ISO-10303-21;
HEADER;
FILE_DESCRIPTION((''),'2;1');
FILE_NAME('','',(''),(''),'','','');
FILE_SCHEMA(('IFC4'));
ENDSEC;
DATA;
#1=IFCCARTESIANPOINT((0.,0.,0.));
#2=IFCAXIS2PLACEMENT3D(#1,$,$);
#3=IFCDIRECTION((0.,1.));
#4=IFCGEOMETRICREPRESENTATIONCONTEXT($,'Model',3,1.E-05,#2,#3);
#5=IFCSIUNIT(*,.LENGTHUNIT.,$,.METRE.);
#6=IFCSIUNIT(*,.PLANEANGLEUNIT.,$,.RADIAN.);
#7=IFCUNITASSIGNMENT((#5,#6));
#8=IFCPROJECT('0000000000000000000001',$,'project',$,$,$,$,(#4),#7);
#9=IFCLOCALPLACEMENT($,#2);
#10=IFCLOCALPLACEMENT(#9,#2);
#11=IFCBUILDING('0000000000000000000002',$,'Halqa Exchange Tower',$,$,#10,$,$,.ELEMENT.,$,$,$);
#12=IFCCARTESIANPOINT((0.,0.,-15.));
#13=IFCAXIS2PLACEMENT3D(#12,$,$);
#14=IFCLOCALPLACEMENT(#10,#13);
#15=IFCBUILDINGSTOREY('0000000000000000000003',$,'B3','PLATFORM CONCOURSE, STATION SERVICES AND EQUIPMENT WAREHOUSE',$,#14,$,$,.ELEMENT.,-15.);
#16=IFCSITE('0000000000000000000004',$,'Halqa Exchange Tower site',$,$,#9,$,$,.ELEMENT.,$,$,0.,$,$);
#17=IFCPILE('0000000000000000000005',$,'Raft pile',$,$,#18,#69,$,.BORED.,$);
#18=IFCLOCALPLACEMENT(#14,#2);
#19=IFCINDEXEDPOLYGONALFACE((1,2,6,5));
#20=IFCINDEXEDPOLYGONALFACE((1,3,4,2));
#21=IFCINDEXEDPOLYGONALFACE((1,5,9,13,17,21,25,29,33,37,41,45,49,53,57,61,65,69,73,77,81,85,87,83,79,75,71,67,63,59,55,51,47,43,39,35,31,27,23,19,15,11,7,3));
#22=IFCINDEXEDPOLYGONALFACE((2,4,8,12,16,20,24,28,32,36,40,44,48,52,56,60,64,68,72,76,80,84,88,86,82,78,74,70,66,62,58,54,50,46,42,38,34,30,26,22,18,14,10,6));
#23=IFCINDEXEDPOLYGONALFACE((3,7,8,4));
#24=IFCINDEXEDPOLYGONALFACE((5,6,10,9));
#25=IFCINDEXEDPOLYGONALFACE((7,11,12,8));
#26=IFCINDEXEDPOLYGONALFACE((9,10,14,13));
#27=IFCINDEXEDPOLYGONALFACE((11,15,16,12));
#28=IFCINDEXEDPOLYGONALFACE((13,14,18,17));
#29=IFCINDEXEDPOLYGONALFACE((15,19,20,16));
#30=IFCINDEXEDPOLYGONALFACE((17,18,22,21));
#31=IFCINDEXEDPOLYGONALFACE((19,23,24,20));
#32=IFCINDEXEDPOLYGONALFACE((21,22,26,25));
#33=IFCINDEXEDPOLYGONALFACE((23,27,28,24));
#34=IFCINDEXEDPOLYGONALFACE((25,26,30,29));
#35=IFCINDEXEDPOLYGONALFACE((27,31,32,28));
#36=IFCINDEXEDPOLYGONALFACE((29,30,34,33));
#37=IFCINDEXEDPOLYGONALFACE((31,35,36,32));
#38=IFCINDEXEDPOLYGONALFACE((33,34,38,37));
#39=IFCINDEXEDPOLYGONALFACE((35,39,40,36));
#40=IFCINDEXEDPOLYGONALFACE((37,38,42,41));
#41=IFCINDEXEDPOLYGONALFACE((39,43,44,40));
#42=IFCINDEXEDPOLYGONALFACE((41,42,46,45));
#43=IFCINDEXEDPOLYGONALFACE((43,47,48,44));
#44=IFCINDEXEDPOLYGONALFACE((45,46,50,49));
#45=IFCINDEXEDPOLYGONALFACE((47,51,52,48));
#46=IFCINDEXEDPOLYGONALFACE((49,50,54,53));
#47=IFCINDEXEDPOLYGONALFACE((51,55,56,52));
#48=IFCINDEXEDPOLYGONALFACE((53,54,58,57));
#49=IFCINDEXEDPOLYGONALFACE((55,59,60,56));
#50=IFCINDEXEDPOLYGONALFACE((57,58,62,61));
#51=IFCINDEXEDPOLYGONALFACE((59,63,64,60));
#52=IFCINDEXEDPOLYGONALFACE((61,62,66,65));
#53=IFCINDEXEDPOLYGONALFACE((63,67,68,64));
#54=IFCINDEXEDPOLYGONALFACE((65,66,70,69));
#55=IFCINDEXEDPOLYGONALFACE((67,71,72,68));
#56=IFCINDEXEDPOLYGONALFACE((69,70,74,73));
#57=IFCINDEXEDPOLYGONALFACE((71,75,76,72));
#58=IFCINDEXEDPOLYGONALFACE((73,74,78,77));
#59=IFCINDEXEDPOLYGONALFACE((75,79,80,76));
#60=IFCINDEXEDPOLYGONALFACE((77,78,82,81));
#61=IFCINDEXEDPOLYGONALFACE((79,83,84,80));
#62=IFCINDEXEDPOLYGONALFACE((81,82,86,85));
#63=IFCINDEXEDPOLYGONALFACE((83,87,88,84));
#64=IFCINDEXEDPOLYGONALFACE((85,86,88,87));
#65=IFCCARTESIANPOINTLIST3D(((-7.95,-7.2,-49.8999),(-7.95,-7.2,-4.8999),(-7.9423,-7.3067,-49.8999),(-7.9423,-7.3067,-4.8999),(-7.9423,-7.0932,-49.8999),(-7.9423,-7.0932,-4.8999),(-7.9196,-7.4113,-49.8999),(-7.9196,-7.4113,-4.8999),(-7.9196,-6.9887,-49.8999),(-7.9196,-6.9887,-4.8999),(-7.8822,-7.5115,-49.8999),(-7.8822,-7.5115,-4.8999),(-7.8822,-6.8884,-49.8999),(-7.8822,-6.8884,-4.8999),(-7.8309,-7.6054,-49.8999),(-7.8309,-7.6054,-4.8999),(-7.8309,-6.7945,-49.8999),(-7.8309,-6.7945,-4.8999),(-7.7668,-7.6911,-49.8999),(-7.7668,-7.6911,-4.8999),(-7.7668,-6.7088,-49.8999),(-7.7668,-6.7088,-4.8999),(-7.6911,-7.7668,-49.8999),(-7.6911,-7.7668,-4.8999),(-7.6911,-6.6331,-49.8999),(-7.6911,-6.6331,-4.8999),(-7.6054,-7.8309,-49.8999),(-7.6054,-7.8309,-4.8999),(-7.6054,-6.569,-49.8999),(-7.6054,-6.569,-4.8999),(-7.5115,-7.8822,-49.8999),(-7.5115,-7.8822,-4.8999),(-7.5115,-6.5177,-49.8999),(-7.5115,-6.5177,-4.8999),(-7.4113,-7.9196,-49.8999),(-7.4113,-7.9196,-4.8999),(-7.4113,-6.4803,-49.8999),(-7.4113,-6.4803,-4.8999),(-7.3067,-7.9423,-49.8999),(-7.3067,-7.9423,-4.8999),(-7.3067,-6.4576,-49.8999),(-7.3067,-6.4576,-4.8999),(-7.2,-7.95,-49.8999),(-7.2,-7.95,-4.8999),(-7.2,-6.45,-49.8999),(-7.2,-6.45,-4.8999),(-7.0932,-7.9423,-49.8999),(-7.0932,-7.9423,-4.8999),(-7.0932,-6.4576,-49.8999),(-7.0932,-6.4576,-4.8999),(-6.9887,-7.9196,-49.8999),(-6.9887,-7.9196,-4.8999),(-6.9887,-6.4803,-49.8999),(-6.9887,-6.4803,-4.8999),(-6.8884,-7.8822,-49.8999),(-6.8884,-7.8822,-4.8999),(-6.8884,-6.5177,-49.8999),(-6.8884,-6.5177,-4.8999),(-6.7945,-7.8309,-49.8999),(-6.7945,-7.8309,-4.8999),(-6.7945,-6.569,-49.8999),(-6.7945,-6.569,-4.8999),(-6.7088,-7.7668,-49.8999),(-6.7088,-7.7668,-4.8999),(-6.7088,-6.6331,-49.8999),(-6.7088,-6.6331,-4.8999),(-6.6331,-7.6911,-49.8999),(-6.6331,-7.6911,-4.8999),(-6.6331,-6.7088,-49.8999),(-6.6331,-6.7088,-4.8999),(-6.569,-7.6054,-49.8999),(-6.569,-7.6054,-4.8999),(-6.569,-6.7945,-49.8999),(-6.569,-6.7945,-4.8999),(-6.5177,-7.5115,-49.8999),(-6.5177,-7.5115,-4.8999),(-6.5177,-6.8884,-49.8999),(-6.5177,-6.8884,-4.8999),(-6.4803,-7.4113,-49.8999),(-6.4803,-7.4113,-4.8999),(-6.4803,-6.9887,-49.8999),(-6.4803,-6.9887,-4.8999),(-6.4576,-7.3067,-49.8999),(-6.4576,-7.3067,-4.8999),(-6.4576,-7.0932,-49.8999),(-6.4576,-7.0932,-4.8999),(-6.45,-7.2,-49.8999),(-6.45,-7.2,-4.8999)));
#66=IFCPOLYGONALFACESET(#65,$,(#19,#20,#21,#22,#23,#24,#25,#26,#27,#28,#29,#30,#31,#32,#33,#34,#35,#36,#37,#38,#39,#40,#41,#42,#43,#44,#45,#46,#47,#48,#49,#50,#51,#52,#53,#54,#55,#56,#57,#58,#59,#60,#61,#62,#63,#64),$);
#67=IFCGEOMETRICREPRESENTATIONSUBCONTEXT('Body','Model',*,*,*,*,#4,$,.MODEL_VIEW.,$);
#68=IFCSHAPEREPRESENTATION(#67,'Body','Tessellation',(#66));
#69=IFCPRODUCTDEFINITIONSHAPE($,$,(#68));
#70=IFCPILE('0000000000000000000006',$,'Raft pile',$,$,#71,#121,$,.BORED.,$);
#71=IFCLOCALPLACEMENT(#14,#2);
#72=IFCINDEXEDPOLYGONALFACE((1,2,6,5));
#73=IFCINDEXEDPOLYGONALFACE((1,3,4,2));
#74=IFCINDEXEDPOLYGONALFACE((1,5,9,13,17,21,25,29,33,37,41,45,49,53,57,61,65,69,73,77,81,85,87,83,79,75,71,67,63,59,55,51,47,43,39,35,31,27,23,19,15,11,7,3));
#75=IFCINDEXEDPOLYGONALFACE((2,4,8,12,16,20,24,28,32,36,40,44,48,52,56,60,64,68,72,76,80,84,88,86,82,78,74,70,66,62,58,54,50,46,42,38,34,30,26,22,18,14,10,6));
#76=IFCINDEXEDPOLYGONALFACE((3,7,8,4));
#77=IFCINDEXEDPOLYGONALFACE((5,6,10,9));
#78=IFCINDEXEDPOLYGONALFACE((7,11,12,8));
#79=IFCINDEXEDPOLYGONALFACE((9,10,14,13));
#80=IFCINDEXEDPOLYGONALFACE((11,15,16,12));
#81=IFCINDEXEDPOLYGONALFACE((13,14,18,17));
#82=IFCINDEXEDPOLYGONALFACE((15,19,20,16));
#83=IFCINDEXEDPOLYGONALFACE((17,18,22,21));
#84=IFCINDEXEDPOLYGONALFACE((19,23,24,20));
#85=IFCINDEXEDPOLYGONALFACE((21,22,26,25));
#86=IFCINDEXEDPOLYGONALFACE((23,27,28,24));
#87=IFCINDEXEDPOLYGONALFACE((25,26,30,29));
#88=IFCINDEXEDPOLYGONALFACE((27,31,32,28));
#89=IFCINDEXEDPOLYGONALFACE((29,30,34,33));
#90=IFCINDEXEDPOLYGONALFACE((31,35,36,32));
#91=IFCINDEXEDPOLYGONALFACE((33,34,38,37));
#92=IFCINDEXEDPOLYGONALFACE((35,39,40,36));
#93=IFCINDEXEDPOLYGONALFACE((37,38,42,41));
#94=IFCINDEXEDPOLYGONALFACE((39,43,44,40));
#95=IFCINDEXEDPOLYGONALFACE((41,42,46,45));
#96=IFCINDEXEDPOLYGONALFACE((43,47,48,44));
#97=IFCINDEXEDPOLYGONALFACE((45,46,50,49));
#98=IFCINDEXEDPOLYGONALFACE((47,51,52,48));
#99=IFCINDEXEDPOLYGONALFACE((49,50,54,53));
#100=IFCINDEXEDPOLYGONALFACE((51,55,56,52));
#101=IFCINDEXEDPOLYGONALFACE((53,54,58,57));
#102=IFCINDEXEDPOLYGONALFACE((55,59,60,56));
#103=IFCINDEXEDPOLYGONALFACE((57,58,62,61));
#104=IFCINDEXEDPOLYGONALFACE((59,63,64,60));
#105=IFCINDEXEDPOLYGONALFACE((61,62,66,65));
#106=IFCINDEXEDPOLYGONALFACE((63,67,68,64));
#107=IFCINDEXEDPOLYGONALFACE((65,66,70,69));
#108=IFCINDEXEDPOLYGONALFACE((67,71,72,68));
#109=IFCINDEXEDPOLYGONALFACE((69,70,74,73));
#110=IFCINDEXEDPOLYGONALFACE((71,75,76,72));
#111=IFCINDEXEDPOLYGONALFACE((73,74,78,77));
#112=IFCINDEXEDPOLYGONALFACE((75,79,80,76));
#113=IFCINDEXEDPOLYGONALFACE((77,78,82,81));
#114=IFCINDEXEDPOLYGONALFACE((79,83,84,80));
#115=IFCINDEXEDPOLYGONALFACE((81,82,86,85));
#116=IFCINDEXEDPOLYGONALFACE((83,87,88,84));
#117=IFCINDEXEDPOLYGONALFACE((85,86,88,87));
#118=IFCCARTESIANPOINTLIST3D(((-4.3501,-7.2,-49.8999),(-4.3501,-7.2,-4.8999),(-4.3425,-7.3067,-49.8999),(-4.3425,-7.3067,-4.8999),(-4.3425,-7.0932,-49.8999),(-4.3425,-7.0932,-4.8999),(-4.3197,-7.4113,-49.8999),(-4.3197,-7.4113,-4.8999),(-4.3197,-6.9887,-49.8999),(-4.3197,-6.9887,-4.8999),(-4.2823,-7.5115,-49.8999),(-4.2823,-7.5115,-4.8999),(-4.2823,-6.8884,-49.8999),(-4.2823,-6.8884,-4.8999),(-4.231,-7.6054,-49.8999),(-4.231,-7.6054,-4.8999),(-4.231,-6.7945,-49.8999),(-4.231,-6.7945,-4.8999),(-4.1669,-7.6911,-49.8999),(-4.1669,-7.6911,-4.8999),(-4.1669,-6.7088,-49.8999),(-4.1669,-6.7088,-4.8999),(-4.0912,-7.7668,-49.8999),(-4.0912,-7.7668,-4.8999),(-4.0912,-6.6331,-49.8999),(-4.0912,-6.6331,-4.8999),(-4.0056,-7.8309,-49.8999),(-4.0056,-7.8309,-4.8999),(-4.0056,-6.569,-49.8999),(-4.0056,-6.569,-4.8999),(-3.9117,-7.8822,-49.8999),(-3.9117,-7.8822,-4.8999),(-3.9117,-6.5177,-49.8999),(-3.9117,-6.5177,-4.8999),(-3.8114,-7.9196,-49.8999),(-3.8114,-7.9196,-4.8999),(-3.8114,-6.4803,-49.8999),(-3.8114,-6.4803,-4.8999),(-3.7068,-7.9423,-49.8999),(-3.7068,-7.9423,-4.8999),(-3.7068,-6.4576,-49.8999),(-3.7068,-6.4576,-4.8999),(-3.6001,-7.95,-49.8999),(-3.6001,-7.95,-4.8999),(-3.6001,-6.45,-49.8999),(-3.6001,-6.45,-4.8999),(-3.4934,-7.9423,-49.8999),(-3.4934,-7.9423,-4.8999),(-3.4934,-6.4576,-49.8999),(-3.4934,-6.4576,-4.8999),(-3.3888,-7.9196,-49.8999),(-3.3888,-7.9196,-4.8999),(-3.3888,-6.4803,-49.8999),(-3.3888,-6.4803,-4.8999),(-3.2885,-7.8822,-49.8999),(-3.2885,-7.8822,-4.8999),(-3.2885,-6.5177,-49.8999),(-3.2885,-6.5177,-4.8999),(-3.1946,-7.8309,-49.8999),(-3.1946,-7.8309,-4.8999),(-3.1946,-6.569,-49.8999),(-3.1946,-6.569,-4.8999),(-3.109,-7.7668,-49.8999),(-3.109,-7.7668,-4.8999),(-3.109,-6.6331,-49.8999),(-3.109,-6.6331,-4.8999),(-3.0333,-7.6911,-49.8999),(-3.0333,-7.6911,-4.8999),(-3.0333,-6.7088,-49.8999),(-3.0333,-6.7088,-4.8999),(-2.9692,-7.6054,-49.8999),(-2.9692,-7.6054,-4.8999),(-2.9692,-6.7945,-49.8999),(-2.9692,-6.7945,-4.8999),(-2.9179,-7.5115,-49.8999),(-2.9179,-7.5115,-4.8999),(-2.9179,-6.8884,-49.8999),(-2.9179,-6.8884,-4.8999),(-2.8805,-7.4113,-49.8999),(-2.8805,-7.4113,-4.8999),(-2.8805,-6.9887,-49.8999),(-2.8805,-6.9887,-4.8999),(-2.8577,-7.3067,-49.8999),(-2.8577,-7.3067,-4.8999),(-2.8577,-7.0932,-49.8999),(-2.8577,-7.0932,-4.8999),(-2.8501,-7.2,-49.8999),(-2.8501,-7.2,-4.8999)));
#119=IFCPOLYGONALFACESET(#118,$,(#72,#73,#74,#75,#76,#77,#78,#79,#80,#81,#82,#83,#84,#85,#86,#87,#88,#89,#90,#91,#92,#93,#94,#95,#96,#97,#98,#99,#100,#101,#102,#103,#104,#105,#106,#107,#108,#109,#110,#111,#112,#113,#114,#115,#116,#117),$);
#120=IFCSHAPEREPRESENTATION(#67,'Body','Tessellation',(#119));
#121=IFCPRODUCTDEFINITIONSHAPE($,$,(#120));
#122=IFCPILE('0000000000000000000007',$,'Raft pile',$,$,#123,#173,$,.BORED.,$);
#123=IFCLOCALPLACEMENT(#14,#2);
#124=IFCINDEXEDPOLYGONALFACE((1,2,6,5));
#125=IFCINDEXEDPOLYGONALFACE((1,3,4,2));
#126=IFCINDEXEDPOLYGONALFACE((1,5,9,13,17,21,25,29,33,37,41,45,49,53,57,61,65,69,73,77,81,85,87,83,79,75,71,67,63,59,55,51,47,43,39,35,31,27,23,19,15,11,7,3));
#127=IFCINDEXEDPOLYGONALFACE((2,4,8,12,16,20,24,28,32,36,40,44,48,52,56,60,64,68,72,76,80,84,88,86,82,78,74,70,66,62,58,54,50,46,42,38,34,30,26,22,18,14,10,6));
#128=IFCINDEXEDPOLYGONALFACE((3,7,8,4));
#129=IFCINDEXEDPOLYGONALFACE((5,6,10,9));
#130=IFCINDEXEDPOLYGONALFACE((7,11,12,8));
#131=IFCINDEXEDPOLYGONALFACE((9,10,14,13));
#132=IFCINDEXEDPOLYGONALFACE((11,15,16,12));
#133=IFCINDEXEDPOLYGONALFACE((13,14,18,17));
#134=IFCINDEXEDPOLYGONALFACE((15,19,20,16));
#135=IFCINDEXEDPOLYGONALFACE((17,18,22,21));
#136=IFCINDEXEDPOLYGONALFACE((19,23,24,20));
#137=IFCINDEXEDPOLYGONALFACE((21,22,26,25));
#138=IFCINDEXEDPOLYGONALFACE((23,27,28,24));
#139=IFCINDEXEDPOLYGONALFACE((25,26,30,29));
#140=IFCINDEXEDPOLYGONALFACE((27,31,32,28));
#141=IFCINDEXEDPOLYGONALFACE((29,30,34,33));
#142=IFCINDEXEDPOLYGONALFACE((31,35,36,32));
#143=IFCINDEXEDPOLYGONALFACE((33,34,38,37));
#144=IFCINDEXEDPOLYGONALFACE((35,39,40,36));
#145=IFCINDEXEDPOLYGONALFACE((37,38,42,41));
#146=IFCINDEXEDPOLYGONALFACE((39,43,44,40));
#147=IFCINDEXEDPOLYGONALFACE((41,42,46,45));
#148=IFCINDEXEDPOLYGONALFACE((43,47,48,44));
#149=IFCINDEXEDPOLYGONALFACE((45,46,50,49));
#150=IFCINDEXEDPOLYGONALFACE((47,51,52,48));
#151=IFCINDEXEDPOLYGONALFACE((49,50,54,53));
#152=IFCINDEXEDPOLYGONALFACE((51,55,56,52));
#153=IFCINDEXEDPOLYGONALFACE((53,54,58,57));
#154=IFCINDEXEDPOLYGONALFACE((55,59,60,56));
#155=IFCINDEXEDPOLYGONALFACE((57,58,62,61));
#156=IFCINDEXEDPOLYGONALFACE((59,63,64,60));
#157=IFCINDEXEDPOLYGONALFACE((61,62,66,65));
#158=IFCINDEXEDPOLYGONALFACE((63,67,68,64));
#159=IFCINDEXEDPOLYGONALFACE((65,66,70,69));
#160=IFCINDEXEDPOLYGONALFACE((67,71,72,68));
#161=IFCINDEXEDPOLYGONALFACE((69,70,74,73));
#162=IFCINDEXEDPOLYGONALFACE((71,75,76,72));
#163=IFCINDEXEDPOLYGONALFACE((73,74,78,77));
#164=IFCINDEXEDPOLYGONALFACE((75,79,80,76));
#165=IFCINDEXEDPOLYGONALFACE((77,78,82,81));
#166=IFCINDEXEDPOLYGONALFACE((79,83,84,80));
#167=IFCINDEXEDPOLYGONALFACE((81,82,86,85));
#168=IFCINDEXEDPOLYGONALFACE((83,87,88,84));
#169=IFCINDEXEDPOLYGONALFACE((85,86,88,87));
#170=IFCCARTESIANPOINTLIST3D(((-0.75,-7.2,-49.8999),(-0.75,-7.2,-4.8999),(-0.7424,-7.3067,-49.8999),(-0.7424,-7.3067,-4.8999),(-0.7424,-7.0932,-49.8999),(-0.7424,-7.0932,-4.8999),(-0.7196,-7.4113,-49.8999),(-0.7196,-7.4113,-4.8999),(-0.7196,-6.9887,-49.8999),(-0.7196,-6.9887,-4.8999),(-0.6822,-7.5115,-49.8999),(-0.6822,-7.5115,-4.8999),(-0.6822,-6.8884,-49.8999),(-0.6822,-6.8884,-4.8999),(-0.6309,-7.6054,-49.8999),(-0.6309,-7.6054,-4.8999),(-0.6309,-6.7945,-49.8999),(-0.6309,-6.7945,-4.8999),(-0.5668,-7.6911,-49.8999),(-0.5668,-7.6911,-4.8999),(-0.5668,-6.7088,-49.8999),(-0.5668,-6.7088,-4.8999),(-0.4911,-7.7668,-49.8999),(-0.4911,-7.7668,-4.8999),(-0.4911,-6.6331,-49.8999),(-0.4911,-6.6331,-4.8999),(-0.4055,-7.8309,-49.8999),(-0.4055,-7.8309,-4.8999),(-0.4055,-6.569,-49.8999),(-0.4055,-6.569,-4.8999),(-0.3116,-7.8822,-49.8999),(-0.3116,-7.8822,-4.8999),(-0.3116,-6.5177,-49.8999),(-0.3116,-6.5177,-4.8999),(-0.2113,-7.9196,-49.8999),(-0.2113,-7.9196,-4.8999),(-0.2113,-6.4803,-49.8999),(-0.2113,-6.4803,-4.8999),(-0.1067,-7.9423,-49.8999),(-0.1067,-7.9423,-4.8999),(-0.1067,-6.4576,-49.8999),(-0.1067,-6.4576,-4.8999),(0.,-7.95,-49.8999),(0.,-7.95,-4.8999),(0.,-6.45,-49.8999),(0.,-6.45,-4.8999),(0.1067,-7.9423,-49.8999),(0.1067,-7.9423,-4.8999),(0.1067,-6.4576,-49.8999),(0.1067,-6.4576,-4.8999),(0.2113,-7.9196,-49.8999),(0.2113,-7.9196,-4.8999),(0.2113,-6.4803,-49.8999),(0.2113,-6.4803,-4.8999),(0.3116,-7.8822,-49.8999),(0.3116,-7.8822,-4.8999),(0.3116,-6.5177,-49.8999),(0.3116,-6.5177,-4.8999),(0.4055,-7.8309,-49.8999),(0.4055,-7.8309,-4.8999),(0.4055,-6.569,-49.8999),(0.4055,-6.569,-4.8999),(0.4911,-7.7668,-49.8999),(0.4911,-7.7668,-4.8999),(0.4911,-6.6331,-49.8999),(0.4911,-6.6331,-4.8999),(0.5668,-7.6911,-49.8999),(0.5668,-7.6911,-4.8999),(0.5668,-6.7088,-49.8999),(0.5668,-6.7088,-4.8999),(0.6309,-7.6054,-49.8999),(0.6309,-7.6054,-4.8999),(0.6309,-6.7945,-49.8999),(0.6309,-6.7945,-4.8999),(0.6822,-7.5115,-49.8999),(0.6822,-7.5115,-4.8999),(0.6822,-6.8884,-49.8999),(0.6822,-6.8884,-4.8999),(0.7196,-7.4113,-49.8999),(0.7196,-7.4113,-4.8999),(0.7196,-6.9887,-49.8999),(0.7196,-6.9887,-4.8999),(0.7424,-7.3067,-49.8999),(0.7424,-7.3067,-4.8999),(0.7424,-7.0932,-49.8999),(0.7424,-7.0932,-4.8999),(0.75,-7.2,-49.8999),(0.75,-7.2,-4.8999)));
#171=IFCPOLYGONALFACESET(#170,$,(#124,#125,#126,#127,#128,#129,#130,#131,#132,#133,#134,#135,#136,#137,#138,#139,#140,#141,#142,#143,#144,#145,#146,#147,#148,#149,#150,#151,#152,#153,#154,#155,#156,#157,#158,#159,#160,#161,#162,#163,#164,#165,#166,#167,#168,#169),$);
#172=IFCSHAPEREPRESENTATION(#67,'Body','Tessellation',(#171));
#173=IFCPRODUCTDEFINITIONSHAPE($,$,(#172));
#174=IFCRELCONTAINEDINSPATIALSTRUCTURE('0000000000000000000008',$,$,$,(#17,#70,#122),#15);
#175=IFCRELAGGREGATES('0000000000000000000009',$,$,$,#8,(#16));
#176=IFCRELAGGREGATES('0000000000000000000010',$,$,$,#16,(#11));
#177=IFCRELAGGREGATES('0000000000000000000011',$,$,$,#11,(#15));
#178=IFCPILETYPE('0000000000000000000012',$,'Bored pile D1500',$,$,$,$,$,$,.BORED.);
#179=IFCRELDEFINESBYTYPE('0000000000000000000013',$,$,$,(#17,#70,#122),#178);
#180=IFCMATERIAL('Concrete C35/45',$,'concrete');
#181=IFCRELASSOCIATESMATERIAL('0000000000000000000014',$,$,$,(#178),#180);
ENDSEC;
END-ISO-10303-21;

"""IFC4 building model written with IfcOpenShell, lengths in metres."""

from ifc_helpers import new_model, si_unit, direction, frame, origin, origin_2d, place, context, subcontext, project, spatial, circle, extrude, material, material_profile, profile_set, type_object, element, save


model = new_model("IFC4")

# Units and contexts
model_context = context("Model", 3, precision=1e-05, world=origin(), true_north=direction((0.0, 1.0)))
body_context = subcontext(model_context, "Body", "Model", "MODEL_VIEW")
ifc_project = project(units=[si_unit("LENGTHUNIT", "METRE"), si_unit("PLANEANGLEUNIT", "RADIAN")], contexts=[model_context])

# Site, building, storey
site_placement = place(None, origin())
site = spatial("IfcSite", under=ifc_project, at=site_placement, Name="Halqa Exchange Tower site", CompositionType="ELEMENT", RefElevation=0.0)
building_placement = place(site_placement, origin())
building = spatial("IfcBuilding", under=site, at=building_placement, Name="Halqa Exchange Tower", CompositionType="ELEMENT")
storey_placement = place(building_placement, frame((0.0, 0.0, -15.0)))
storey = spatial("IfcBuildingStorey", under=building, at=storey_placement, Name="B3", Description="PLATFORM CONCOURSE, STATION SERVICES AND EQUIPMENT WAREHOUSE", CompositionType="ELEMENT", Elevation=-15.0)

# Piles
ifc_material_1 = material(Name="Concrete C35/45", Category="concrete")
ifc_material_profile_1 = material_profile(ifc_material_1, circle(Radius=0.75, at=origin_2d()), Name="D1500")
ifc_profile_set_1 = profile_set([ifc_material_profile_1], Name="Concrete C35/45")
pile_type_1 = type_object("IfcPileType", Name="Bored pile D1500", PredefinedType="BORED", material=ifc_profile_set_1)
for number, where, z_axis, x_axis, name in (
    (1, (-7.2, -7.2, -4.8999), (0.0, 0.0, -1.0), (1.0, 0.0, 0.0), "Raft pile"),
    (2, (-3.6001, -7.2, -4.8999), (0.0, 0.0, -1.0), (1.0, 0.0, 0.0), "Raft pile"),
    (3, (0.0, -7.2, -4.8999), (0.0, 0.0, -1.0), (1.0, 0.0, 0.0), "Raft pile"),
):
    element("IfcPile", number, at=place(storey_placement, frame(where, z_axis=z_axis, x_axis=x_axis)), inside=storey, type_object=pile_type_1, Name=name, PredefinedType="BORED", context=body_context, shape_type="SweptSolid", body=[
        extrude(circle(Radius=0.75, at=origin_2d()), origin(), (0.0, 0.0, 1.0), 45.0),
    ])

save(model, "model.ifc")
